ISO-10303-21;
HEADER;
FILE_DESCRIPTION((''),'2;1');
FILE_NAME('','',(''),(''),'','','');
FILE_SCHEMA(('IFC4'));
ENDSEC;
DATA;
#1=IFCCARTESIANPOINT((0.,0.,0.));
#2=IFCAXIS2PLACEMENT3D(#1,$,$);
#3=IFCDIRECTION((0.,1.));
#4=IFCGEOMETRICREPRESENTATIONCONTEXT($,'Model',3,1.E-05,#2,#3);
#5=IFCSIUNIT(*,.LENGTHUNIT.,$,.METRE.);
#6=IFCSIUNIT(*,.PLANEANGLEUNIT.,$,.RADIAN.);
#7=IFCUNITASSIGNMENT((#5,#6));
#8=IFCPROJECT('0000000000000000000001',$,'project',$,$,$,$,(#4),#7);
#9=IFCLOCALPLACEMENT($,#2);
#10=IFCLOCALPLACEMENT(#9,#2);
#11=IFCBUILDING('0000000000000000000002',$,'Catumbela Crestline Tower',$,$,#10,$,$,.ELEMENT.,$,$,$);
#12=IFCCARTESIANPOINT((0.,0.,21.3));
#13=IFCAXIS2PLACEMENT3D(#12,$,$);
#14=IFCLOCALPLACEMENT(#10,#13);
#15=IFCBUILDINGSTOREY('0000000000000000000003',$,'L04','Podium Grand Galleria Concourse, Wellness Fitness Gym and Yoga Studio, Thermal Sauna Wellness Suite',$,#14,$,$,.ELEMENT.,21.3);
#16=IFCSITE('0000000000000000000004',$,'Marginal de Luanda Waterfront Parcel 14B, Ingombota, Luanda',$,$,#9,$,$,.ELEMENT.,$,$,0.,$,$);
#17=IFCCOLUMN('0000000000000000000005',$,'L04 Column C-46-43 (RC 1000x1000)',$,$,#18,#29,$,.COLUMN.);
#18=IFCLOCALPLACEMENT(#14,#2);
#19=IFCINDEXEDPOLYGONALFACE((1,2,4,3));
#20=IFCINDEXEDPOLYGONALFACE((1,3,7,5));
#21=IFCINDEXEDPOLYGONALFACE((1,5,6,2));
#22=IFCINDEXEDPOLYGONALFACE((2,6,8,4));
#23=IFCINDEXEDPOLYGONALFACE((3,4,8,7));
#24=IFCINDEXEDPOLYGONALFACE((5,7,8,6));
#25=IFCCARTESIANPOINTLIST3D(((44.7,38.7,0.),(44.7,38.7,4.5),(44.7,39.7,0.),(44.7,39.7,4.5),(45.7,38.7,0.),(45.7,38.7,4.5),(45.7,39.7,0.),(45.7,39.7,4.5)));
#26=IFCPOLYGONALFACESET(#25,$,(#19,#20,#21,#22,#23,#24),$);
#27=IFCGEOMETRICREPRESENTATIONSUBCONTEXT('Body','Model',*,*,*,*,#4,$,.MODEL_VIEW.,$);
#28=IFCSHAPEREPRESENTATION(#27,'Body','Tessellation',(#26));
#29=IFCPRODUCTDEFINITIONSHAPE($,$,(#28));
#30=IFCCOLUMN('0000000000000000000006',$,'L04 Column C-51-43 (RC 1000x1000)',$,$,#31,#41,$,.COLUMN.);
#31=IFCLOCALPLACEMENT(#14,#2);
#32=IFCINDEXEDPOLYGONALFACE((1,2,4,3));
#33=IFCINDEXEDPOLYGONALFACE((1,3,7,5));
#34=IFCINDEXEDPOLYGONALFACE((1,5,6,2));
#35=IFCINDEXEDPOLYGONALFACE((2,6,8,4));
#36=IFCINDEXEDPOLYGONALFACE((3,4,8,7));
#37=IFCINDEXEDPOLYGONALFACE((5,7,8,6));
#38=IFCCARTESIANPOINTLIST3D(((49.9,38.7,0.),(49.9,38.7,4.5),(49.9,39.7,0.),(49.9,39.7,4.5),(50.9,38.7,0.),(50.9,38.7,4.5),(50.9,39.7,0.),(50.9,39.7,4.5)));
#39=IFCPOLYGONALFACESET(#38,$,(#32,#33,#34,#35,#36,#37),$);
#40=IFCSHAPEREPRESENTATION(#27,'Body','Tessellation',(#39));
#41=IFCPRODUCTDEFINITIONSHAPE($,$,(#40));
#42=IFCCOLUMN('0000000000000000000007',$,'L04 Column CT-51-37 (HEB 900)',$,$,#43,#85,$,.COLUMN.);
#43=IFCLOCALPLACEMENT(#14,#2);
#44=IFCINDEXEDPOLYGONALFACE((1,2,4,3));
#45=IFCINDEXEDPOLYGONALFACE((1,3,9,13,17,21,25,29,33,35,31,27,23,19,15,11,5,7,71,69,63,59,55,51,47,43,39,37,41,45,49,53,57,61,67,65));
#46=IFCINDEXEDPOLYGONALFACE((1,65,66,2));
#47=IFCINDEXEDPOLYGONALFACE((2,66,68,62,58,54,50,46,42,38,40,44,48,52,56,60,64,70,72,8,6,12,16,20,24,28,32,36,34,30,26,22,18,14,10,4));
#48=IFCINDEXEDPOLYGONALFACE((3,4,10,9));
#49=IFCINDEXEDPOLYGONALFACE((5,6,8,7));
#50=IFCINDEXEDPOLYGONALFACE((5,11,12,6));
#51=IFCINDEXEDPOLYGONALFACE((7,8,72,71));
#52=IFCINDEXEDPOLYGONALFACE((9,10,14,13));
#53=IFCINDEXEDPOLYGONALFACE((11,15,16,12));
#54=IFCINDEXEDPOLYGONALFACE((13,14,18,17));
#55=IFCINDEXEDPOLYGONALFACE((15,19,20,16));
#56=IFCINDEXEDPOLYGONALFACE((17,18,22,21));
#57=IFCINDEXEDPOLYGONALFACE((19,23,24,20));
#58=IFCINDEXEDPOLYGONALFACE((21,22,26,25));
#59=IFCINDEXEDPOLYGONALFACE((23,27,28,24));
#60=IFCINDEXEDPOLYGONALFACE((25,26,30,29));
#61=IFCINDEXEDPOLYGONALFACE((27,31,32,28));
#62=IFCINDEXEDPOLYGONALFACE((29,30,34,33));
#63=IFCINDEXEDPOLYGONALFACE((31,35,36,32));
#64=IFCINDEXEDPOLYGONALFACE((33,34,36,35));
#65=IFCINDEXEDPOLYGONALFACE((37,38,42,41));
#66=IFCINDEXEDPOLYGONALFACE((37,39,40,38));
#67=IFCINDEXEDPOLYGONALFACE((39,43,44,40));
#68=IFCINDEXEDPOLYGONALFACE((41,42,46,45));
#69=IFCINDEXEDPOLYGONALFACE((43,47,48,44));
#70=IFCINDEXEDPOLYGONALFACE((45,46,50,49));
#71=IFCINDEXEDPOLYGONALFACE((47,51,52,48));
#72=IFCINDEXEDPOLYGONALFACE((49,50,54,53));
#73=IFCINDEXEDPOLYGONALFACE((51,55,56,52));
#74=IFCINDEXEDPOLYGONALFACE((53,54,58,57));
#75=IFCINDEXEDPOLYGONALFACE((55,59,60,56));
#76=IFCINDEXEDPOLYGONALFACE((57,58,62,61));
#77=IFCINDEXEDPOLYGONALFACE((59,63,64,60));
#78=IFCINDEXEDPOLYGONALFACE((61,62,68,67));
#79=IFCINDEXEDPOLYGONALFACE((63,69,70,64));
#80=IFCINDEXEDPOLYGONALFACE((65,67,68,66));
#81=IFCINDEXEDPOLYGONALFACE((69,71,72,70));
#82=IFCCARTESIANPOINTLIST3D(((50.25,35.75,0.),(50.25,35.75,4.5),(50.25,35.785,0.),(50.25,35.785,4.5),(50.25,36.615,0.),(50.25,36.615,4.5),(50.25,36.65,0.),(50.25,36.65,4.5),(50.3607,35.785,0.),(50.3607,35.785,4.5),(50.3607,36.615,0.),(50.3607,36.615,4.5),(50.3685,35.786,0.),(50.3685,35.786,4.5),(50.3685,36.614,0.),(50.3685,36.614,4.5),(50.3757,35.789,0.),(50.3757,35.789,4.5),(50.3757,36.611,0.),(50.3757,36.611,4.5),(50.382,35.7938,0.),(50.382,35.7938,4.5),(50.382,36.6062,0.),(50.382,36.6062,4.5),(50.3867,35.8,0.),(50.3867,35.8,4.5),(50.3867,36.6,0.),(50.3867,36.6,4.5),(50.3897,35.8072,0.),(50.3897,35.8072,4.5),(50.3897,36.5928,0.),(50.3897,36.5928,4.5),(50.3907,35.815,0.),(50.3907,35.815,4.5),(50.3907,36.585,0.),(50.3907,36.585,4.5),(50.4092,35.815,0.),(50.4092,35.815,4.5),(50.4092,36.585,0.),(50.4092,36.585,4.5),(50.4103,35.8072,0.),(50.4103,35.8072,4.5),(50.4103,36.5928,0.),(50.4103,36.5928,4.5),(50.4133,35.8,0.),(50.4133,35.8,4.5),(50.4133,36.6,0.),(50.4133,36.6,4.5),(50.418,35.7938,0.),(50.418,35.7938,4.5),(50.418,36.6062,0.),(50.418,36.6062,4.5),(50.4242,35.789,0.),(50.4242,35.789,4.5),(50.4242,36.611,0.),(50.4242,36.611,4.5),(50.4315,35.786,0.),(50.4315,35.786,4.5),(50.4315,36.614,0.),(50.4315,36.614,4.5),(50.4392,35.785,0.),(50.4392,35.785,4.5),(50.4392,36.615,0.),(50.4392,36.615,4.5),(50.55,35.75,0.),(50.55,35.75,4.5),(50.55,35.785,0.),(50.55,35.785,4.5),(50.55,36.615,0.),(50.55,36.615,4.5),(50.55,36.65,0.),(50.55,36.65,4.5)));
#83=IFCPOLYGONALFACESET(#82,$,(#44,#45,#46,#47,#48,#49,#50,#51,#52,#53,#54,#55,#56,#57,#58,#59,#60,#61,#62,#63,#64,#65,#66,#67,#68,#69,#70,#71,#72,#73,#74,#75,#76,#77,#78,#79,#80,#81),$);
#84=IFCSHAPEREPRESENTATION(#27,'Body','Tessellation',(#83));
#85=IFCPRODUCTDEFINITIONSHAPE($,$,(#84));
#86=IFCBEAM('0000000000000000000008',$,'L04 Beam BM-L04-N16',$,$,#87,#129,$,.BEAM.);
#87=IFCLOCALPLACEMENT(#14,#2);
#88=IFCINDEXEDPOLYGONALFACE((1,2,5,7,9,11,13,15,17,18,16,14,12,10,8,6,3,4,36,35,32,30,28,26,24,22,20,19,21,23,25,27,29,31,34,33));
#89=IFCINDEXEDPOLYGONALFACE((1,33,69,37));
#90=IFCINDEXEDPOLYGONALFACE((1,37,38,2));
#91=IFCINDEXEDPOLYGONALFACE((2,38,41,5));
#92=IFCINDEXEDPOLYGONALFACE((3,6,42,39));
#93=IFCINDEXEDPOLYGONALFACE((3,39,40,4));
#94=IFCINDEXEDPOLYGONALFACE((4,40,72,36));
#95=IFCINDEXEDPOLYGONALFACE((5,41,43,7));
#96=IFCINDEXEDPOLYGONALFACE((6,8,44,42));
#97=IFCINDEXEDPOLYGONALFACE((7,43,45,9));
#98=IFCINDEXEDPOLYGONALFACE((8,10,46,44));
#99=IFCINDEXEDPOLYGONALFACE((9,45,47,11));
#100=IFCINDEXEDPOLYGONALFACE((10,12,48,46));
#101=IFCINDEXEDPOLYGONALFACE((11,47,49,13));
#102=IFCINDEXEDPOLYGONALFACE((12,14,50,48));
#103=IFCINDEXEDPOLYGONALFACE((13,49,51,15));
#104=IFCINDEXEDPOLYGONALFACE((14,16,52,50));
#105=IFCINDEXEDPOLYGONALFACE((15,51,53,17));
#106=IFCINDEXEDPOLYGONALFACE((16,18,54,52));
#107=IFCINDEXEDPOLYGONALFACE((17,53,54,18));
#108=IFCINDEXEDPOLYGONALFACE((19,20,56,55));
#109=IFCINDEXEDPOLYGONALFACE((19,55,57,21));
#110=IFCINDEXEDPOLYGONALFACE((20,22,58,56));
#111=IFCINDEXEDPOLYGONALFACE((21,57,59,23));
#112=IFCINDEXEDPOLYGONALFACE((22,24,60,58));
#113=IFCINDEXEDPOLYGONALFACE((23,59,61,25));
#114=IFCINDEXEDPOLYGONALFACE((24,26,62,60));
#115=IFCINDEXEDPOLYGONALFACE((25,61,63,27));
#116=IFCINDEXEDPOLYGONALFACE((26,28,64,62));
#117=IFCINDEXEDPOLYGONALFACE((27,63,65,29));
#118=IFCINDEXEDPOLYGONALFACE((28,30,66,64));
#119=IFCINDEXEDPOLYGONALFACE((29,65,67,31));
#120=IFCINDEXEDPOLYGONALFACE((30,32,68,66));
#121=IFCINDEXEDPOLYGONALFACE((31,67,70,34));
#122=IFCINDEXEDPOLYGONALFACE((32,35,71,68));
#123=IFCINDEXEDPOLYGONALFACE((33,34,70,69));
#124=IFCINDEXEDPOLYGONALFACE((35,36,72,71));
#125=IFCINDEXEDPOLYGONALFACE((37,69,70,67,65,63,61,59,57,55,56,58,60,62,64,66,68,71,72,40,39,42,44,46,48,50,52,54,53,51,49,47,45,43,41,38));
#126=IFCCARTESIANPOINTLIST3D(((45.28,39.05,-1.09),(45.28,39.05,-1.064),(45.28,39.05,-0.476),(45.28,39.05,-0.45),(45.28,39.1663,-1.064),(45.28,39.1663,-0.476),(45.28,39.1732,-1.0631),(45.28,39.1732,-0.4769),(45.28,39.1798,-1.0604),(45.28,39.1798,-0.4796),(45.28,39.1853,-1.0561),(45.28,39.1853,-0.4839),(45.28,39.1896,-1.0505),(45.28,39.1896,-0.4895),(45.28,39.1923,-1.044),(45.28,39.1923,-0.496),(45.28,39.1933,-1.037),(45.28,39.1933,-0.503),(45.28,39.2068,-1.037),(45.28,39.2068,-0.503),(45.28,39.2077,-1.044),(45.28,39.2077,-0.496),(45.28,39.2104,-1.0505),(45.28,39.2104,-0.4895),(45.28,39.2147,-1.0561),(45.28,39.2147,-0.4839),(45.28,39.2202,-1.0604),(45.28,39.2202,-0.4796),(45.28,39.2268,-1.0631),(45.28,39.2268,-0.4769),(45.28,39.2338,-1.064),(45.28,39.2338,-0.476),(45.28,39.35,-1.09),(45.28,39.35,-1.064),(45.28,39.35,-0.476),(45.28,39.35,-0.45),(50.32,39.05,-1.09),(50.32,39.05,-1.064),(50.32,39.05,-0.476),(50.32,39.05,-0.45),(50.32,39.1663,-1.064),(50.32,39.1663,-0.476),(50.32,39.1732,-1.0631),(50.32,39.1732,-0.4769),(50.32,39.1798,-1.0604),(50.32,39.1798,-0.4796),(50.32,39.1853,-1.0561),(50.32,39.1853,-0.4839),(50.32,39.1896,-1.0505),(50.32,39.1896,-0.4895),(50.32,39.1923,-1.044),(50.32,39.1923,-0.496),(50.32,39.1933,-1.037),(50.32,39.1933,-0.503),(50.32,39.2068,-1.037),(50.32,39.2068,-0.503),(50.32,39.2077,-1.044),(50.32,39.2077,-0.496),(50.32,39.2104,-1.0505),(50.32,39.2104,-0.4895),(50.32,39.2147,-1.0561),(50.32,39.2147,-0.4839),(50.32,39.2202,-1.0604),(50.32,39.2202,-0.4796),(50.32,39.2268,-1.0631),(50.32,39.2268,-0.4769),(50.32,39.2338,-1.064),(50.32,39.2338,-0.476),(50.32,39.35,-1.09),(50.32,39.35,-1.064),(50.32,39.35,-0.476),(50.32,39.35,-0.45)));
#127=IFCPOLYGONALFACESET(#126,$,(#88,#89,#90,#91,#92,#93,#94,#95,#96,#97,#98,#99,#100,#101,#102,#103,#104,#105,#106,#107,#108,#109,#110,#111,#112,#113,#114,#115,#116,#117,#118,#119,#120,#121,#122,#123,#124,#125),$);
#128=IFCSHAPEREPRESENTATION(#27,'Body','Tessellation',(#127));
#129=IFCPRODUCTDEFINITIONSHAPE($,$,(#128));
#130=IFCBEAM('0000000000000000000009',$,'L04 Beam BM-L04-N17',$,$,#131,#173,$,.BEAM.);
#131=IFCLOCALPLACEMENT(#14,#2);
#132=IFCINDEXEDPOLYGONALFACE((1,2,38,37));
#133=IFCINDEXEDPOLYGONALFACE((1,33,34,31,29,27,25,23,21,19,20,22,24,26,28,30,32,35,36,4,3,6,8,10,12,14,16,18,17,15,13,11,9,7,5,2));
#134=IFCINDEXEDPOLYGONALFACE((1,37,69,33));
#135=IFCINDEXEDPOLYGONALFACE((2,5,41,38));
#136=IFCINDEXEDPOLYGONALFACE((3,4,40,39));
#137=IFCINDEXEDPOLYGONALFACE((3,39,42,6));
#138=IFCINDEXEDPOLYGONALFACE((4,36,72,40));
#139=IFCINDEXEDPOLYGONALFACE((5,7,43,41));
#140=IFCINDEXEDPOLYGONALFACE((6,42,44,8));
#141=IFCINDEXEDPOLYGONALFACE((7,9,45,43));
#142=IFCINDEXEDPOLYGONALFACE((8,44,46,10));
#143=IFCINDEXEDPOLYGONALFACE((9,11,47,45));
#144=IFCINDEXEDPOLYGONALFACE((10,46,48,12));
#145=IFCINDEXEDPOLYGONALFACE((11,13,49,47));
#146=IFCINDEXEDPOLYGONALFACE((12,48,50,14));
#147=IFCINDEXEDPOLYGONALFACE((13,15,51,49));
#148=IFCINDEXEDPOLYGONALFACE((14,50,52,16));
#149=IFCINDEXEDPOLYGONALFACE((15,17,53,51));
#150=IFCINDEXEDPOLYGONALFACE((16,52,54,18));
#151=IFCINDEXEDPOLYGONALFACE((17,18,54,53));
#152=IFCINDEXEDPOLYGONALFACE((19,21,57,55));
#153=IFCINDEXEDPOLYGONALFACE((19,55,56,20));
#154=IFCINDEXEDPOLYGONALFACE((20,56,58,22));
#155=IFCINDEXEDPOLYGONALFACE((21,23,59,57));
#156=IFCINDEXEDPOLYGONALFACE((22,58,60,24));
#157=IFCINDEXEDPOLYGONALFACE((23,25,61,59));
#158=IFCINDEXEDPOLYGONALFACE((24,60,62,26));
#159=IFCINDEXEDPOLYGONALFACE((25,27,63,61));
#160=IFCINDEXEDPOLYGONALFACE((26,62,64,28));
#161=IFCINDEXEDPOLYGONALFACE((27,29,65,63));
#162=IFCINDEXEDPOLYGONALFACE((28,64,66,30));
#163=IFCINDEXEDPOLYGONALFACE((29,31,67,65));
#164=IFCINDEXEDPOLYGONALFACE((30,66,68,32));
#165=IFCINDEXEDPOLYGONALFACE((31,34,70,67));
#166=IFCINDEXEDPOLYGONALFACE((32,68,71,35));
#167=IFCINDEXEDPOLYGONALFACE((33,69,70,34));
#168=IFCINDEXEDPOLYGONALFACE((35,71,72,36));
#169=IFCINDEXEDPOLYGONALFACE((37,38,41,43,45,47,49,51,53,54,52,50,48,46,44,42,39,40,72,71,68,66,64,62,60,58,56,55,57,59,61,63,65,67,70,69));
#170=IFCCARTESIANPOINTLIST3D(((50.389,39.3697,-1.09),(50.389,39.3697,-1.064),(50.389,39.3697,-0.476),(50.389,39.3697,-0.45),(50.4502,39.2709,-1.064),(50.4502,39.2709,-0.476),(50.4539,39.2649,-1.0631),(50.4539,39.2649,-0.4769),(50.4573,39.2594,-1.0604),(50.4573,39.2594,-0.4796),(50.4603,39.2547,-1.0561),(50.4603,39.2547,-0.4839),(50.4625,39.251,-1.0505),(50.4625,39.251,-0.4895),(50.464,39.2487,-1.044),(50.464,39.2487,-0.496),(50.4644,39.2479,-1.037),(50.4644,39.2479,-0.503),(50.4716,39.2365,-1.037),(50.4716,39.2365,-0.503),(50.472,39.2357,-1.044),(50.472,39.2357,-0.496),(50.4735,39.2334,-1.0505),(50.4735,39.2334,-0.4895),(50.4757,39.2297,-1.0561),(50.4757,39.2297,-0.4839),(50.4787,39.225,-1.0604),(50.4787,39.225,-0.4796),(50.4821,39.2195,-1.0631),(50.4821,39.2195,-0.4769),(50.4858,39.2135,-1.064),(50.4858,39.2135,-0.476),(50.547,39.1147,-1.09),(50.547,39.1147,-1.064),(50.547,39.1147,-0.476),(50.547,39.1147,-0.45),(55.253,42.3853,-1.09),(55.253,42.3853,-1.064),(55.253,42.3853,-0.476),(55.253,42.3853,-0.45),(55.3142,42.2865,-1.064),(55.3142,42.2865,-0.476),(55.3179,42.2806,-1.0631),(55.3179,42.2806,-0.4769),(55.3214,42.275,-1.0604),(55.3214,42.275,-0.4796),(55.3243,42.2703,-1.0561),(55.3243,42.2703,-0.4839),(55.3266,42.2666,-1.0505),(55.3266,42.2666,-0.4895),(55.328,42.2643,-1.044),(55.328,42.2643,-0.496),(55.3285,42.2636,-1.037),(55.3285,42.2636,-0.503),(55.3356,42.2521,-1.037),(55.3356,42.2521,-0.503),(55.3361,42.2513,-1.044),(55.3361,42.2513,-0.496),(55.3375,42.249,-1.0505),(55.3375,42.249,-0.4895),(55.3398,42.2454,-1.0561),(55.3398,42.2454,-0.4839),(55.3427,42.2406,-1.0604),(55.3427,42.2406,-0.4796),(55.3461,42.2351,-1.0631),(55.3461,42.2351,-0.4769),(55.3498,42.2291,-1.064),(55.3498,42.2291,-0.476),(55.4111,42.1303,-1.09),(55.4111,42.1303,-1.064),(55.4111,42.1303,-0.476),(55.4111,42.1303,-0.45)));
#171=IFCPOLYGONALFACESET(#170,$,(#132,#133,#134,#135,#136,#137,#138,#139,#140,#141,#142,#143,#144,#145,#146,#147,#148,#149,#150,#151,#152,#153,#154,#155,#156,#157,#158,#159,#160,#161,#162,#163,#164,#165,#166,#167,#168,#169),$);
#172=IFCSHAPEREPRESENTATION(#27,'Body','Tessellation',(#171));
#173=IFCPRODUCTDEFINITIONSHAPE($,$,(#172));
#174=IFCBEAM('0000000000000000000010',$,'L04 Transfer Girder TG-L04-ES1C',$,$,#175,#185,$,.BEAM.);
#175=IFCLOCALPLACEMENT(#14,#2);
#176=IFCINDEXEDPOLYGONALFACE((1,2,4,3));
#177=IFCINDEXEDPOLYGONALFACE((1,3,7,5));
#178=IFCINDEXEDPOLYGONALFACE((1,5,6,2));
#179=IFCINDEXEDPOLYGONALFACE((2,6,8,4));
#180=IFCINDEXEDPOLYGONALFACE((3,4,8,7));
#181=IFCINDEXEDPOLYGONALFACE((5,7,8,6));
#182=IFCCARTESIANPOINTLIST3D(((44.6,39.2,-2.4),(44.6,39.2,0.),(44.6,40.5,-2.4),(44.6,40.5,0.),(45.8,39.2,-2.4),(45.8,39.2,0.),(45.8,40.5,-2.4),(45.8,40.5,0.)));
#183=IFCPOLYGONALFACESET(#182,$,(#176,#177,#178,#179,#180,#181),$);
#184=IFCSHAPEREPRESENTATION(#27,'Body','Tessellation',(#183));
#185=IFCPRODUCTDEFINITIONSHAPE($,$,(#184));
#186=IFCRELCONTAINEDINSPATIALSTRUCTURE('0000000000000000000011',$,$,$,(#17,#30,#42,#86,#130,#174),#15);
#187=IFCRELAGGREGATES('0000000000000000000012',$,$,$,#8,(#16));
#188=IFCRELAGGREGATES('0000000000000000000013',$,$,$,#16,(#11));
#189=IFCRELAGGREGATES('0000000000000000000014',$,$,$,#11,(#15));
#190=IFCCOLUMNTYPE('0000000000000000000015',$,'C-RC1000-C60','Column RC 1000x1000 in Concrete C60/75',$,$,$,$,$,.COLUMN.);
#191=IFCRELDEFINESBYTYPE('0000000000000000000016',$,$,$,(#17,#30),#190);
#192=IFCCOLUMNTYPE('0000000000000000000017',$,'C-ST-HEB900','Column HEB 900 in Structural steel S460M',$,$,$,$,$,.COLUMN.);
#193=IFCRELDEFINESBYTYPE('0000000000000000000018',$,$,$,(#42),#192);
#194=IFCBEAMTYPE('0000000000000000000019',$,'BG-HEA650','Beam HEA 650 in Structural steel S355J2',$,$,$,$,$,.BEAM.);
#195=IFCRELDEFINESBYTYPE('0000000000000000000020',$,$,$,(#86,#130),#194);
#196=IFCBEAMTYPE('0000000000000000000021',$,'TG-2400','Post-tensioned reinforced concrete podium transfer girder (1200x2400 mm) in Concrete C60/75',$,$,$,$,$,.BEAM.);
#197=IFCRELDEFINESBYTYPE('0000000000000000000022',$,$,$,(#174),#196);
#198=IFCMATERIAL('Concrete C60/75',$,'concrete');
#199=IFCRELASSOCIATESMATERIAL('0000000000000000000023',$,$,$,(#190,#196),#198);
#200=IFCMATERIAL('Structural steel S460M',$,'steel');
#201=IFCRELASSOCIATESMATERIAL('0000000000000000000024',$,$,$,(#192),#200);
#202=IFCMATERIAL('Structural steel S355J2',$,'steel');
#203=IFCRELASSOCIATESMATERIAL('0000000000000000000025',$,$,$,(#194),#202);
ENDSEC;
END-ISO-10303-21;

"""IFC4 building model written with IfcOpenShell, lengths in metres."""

from ifc_helpers import new_model, si_unit, direction, frame, origin, origin_2d, place, context, subcontext, project, spatial, rectangle, i_section, extrude, material, material_profile, profile_set, type_object, element, save


model = new_model("IFC4")

# Units and contexts
model_context = context("Model", 3, precision=1e-05, world=origin(), true_north=direction((0.0, 1.0)))
body_context = subcontext(model_context, "Body", "Model", "MODEL_VIEW")
ifc_project = project(units=[si_unit("LENGTHUNIT", "METRE"), si_unit("PLANEANGLEUNIT", "RADIAN")], contexts=[model_context])

# Site, building, storey
site_placement = place(None, origin())
site = spatial("IfcSite", under=ifc_project, at=site_placement, Name="Marginal de Luanda Waterfront Parcel 14B, Ingombota, Luanda", CompositionType="ELEMENT", RefElevation=0.0)
building_placement = place(site_placement, origin())
building = spatial("IfcBuilding", under=site, at=building_placement, Name="Catumbela Crestline Tower", CompositionType="ELEMENT")
storey_placement = place(building_placement, frame((0.0, 0.0, 21.3)))
storey = spatial("IfcBuildingStorey", under=building, at=storey_placement, Name="L04", Description="Podium Grand Galleria Concourse, Wellness Fitness Gym and Yoga Studio, Thermal Sauna Wellness Suite", CompositionType="ELEMENT", Elevation=21.3)

# Columns
ifc_material_1 = material(Name="Concrete C60/75", Category="concrete")
ifc_material_profile_1 = material_profile(ifc_material_1, rectangle(XDim=1.0, YDim=1.0, at=origin_2d()), Name="RC 1000x1000")
ifc_profile_set_1 = profile_set([ifc_material_profile_1], Name="Concrete C60/75")
column_type_1 = type_object("IfcColumnType", Name="C-RC1000-C60", Description="Column RC 1000x1000 in Concrete C60/75", PredefinedType="COLUMN", material=ifc_profile_set_1)
for number, where, z_axis, x_axis, name in (
    (1, (45.2, 39.2, 0.0), (0.0, 0.0, 1.0), (1.0, 0.0, 0.0), "L04 Column C-46-43 (RC 1000x1000)"),
    (2, (50.4, 39.2, 0.0), (0.0, 0.0, 1.0), (1.0, 0.0, 0.0), "L04 Column C-51-43 (RC 1000x1000)"),
):
    element("IfcColumn", number, at=place(storey_placement, frame(where, z_axis=z_axis, x_axis=x_axis)), inside=storey, type_object=column_type_1, Name=name, PredefinedType="COLUMN", context=body_context, shape_type="SweptSolid", body=[
        extrude(rectangle(XDim=1.0, YDim=1.0, at=origin_2d()), origin(), (0.0, 0.0, 1.0), 4.5),
    ])
ifc_material_2 = material(Name="Structural steel S460M", Category="steel")
ifc_material_profile_2 = material_profile(ifc_material_2, i_section(OverallWidth=0.3, OverallDepth=0.9, WebThickness=0.0185, FlangeThickness=0.035, FilletRadius=0.03, at=origin_2d()), Name="HEB 900")
ifc_profile_set_2 = profile_set([ifc_material_profile_2], Name="Structural steel S460M")
column_type_2 = type_object("IfcColumnType", Name="C-ST-HEB900", Description="Column HEB 900 in Structural steel S460M", PredefinedType="COLUMN", material=ifc_profile_set_2)
column_placement = place(storey_placement, frame((50.4, 36.2, 0.0), z_axis=(0.0, 0.0, 1.0), x_axis=(1.0, 0.0, 0.0)))
element("IfcColumn", 3, at=column_placement, inside=storey, type_object=column_type_2, Name="L04 Column CT-51-37 (HEB 900)", PredefinedType="COLUMN", context=body_context, shape_type="SweptSolid", body=[
    extrude(i_section(OverallWidth=0.3, OverallDepth=0.9, WebThickness=0.0185, FlangeThickness=0.035, FilletRadius=0.03, at=origin_2d()), origin(), (0.0, 0.0, 1.0), 4.5),
])

# Beams
ifc_material_3 = material(Name="Structural steel S355J2", Category="steel")
ifc_material_profile_3 = material_profile(ifc_material_3, i_section(OverallWidth=0.3, OverallDepth=0.64, WebThickness=0.0135, FlangeThickness=0.026, FilletRadius=0.027, at=origin_2d()), Name="HEA 650")
ifc_profile_set_3 = profile_set([ifc_material_profile_3], Name="Structural steel S355J2")
beam_type_1 = type_object("IfcBeamType", Name="BG-HEA650", Description="Beam HEA 650 in Structural steel S355J2", PredefinedType="BEAM", material=ifc_profile_set_3)
beam_1_placement = place(storey_placement, frame((45.28, 39.2, -0.77), z_axis=(1.0, 0.0, 0.0), x_axis=(0.0, 1.0, 0.0)))
element("IfcBeam", 4, at=beam_1_placement, inside=storey, type_object=beam_type_1, Name="L04 Beam BM-L04-N16", PredefinedType="BEAM", context=body_context, shape_type="SweptSolid", body=[
    extrude(i_section(OverallWidth=0.3, OverallDepth=0.64, WebThickness=0.0135, FlangeThickness=0.026, FilletRadius=0.027, at=origin_2d()), origin(), (0.0, 0.0, 1.0), 5.04),
])
beam_2_placement = place(storey_placement, frame((50.468, 39.2422, -0.77), z_axis=(0.849909, 0.52693, 0.0), x_axis=(-0.52693, 0.849909, 0.0)))
element("IfcBeam", 5, at=beam_2_placement, inside=storey, type_object=beam_type_1, Name="L04 Beam BM-L04-N17", PredefinedType="BEAM", context=body_context, shape_type="SweptSolid", body=[
    extrude(i_section(OverallWidth=0.3, OverallDepth=0.64, WebThickness=0.0135, FlangeThickness=0.026, FilletRadius=0.027, at=origin_2d()), origin(), (0.0, 0.0, 1.0), 5.723),
])
ifc_material_profile_4 = material_profile(ifc_material_1, rectangle(XDim=1.2, YDim=2.4, at=origin_2d()), Name="RC 1200x2400")
ifc_profile_set_4 = profile_set([ifc_material_profile_4], Name="Concrete C60/75")
beam_type_2 = type_object("IfcBeamType", Name="TG-2400", Description="Post-tensioned reinforced concrete podium transfer girder (1200x2400 mm) in Concrete C60/75", PredefinedType="BEAM", material=ifc_profile_set_4)
beam_3_placement = place(storey_placement, frame((45.2, 39.2, -1.2), z_axis=(0.0, 1.0, 0.0), x_axis=(-1.0, 0.0, 0.0)))
element("IfcBeam", 6, at=beam_3_placement, inside=storey, type_object=beam_type_2, Name="L04 Transfer Girder TG-L04-ES1C", PredefinedType="BEAM", context=body_context, shape_type="SweptSolid", body=[
    extrude(rectangle(XDim=1.2, YDim=2.4, at=origin_2d()), origin(), (0.0, 0.0, 1.0), 1.3),
])

save(model, "model.ifc")
